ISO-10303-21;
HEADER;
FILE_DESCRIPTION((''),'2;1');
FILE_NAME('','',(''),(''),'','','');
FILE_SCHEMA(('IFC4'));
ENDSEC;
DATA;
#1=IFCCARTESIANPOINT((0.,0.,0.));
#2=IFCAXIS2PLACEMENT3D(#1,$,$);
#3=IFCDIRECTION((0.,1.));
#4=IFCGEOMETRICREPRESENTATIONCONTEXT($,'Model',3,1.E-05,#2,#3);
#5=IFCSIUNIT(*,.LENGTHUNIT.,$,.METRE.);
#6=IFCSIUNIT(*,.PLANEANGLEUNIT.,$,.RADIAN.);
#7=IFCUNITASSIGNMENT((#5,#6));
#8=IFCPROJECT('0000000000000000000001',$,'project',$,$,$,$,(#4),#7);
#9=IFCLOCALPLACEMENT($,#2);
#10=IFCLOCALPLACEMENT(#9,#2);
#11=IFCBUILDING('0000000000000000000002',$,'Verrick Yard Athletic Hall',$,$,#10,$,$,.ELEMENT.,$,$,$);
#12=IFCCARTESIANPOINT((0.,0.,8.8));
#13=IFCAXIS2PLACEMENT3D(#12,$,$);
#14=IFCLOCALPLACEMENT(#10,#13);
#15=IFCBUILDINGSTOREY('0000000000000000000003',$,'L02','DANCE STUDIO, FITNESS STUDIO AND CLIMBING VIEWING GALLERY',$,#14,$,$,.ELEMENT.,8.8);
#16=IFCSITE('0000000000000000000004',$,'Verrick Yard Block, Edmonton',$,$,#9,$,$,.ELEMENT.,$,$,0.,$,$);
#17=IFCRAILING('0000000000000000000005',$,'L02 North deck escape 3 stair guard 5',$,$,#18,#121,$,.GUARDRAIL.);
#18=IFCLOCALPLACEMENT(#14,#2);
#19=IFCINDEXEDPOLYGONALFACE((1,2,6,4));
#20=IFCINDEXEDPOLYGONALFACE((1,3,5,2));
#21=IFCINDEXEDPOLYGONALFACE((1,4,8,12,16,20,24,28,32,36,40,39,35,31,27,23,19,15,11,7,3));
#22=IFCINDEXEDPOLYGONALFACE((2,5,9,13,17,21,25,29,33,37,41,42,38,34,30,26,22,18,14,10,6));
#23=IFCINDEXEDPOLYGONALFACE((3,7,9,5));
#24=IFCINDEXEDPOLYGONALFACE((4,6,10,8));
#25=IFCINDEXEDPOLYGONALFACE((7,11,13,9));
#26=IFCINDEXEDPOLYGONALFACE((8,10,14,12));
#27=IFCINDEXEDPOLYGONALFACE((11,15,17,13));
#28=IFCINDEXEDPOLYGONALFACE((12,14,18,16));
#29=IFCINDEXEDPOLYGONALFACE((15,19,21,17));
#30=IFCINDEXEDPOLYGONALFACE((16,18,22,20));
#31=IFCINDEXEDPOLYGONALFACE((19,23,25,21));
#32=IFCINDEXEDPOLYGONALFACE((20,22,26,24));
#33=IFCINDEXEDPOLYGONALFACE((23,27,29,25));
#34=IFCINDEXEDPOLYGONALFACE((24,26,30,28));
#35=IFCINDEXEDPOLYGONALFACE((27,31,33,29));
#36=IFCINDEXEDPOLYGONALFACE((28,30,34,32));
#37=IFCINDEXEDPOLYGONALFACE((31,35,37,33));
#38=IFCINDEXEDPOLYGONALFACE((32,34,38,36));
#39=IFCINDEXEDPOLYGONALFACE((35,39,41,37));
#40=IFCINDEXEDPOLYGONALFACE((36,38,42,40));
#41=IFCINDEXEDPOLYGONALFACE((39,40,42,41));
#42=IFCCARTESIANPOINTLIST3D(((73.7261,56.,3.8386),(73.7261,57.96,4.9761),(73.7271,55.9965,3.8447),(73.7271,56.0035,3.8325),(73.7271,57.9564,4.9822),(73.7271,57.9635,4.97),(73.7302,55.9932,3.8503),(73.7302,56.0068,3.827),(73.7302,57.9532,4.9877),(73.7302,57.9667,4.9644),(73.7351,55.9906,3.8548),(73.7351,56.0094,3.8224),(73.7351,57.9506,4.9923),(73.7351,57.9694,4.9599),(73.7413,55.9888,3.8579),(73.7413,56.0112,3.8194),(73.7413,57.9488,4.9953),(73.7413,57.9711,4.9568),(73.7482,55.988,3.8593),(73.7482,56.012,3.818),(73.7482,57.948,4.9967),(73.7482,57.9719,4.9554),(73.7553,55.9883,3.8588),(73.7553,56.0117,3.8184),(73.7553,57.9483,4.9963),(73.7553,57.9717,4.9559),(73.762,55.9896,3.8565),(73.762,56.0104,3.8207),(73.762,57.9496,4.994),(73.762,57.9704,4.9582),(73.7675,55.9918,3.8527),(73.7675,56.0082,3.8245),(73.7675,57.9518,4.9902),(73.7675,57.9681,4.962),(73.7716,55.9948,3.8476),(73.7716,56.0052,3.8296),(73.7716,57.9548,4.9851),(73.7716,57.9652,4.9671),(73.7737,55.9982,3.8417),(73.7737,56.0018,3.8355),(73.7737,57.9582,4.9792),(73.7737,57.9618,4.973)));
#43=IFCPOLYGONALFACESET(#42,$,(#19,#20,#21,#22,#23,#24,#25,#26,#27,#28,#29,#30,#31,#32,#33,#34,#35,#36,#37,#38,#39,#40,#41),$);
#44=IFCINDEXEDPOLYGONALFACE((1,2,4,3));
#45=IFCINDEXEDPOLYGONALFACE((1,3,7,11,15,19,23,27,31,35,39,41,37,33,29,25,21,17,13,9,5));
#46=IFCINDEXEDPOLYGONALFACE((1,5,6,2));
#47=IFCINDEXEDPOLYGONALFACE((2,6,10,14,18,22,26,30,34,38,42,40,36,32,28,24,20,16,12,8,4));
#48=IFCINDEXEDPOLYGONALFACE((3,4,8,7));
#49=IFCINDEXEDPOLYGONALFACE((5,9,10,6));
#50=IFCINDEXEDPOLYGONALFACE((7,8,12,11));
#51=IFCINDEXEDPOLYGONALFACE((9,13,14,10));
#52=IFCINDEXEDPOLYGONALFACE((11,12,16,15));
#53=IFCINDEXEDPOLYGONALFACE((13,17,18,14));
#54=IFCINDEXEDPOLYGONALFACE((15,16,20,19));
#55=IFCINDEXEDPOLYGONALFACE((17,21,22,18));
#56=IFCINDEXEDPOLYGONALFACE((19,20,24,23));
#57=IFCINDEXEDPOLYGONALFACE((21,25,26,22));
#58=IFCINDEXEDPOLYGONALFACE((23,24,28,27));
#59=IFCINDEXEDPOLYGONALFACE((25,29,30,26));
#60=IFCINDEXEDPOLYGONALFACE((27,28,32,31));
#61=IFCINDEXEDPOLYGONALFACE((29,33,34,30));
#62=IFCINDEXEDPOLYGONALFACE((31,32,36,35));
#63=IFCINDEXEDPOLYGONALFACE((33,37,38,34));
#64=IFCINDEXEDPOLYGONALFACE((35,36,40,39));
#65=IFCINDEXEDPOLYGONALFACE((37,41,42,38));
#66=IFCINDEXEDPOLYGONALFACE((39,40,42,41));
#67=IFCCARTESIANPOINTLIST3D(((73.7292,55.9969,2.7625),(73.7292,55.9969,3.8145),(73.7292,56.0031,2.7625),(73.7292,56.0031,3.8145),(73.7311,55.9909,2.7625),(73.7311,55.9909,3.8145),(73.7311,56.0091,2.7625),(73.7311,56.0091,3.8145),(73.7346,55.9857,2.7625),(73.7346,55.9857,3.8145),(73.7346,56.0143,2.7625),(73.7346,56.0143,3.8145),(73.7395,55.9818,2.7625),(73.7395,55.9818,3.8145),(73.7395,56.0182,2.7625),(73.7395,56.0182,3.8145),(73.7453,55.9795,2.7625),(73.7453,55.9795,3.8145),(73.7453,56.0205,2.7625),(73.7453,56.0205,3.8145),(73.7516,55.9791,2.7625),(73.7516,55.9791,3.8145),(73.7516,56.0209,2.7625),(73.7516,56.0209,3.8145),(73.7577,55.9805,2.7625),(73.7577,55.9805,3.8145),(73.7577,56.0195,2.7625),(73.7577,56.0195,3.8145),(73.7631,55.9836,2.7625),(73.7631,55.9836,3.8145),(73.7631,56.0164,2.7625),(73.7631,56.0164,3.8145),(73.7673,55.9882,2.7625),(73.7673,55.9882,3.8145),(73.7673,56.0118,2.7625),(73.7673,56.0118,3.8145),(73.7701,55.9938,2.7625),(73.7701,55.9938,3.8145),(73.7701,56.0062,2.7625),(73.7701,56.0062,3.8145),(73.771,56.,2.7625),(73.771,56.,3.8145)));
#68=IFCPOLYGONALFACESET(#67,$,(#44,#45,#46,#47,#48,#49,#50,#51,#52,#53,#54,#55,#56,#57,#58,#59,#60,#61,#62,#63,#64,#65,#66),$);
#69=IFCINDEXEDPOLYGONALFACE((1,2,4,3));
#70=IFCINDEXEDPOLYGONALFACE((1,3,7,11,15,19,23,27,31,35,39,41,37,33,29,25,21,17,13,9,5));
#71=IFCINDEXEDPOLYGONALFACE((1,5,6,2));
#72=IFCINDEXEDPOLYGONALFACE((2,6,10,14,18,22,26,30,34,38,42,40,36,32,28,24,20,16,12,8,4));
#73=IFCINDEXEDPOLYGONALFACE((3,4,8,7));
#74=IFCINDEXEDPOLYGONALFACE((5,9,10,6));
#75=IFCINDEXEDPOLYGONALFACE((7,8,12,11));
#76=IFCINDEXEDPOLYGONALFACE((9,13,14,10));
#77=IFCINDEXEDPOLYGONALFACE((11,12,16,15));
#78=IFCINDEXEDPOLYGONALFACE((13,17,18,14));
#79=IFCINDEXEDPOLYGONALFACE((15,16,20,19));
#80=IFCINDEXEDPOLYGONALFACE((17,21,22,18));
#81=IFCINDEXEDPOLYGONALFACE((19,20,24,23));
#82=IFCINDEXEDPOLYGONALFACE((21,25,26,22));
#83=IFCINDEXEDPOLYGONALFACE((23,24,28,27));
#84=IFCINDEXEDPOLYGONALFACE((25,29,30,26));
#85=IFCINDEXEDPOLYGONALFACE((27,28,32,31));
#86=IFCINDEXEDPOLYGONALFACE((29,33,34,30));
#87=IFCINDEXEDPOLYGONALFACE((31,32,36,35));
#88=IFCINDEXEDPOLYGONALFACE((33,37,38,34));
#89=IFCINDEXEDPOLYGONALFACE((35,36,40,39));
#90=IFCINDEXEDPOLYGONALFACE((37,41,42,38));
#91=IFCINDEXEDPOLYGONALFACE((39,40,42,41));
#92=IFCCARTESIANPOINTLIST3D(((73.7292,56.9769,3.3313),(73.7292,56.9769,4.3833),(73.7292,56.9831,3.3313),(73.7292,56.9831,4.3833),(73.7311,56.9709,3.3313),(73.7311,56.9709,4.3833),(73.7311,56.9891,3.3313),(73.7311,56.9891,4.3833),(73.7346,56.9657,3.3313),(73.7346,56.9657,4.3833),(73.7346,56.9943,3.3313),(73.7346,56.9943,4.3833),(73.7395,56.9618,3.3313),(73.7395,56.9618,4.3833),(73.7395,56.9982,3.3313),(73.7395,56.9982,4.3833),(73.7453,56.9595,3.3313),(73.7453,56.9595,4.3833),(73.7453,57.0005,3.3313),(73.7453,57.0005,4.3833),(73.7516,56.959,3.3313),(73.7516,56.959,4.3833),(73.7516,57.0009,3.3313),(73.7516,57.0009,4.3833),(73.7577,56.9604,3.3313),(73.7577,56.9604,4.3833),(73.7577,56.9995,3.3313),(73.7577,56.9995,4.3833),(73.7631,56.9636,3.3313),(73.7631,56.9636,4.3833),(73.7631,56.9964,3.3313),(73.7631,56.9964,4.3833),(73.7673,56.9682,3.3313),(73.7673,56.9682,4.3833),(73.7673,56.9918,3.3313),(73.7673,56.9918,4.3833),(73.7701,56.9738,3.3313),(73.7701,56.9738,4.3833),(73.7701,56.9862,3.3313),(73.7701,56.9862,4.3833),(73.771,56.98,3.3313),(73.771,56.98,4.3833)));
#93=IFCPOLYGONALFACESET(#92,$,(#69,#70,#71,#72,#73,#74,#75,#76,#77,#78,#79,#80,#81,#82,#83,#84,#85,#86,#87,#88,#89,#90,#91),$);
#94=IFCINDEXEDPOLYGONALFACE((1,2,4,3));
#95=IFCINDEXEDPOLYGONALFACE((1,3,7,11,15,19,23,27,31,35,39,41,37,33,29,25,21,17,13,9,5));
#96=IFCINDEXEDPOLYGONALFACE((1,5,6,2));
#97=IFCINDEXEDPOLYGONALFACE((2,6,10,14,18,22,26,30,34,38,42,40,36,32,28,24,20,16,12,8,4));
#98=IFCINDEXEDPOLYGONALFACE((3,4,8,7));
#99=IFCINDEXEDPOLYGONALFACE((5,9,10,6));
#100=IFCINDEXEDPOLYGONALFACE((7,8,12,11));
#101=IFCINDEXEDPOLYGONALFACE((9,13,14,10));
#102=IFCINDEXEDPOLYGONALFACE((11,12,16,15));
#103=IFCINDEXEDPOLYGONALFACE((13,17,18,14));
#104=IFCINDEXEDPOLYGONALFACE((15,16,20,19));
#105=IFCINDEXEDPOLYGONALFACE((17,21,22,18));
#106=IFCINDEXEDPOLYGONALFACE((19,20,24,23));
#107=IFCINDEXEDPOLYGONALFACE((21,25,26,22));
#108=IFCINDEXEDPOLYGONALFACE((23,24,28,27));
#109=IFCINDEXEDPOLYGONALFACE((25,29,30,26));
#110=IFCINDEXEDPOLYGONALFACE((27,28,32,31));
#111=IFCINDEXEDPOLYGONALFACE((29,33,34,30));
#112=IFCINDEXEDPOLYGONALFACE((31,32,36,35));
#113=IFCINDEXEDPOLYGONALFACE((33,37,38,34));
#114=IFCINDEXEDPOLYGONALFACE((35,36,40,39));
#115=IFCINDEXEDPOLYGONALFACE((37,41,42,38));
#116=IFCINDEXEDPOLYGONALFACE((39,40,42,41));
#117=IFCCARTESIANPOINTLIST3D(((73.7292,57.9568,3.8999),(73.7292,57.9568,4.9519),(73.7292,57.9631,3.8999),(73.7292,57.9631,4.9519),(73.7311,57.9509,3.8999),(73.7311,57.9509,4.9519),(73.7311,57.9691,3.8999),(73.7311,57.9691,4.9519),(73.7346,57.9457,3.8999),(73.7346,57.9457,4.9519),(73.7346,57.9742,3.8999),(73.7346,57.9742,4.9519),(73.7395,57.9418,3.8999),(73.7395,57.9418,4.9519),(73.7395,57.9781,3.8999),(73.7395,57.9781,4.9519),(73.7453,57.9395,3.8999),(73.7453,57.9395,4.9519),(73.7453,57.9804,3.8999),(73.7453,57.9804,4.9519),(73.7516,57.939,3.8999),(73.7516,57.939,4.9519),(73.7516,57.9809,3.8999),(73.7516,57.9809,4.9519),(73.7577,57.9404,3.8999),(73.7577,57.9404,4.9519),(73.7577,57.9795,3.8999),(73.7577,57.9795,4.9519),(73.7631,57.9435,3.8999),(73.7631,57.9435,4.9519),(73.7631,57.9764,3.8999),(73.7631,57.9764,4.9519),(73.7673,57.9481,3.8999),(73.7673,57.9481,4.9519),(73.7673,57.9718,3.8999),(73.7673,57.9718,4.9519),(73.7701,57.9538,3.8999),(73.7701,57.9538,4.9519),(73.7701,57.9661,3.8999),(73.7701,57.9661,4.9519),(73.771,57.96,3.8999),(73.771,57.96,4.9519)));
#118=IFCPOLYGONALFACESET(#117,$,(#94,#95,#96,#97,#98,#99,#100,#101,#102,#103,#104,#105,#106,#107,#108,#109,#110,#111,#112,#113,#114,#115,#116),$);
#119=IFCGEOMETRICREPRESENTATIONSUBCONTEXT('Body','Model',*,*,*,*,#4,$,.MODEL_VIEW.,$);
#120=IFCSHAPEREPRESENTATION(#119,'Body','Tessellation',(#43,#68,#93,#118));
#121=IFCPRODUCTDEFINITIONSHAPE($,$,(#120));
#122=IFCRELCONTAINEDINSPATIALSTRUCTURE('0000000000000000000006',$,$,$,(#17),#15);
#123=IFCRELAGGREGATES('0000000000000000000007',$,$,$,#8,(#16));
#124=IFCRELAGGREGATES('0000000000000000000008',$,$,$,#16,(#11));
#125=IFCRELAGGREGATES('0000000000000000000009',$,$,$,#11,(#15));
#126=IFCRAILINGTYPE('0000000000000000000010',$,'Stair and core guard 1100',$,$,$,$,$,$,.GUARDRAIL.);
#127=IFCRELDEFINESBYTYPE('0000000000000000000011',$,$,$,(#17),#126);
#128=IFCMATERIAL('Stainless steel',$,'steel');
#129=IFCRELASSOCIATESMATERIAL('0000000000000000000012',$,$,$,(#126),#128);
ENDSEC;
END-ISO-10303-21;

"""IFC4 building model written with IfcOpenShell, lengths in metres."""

from ifc_helpers import new_model, si_unit, direction, frame, origin, origin_2d, place, context, subcontext, project, spatial, circle, extrude, material, type_object, element, save


model = new_model("IFC4")

# Units and contexts
model_context = context("Model", 3, precision=1e-05, world=origin(), true_north=direction((0.0, 1.0)))
body_context = subcontext(model_context, "Body", "Model", "MODEL_VIEW")
ifc_project = project(units=[si_unit("LENGTHUNIT", "METRE"), si_unit("PLANEANGLEUNIT", "RADIAN")], contexts=[model_context])

# Site, building, storey
site_placement = place(None, origin())
site = spatial("IfcSite", under=ifc_project, at=site_placement, Name="Verrick Yard Block, Edmonton", CompositionType="ELEMENT", RefElevation=0.0)
building_placement = place(site_placement, origin())
building = spatial("IfcBuilding", under=site, at=building_placement, Name="Verrick Yard Athletic Hall", CompositionType="ELEMENT")
storey_placement = place(building_placement, frame((0.0, 0.0, 8.8)))
storey = spatial("IfcBuildingStorey", under=building, at=storey_placement, Name="L02", Description="DANCE STUDIO, FITNESS STUDIO AND CLIMBING VIEWING GALLERY", CompositionType="ELEMENT", Elevation=8.8)

# Railing
ifc_material_1 = material(Name="Stainless steel", Category="steel")
railing_type_1 = type_object("IfcRailingType", Name="Stair and core guard 1100", PredefinedType="GUARDRAIL", material=ifc_material_1)
railing_1_placement = place(storey_placement, frame((73.75, 56.0, 2.7625)))
element("IfcRailing", 1, at=railing_1_placement, inside=storey, type_object=railing_type_1, Name="L02 North deck escape 3 stair guard 5", PredefinedType="GUARDRAIL", context=body_context, shape_type="SweptSolid", body=[
    extrude(circle(Radius=0.0239, at=origin_2d()), frame((0.0, 0.0, 1.0762), z_axis=(0.0, 0.864902, 0.501941), x_axis=(-1.0, 0.0, 0.0)), (0.0, 0.0, 1.0), 2.2661),
    extrude(circle(Radius=0.021, at=origin_2d()), origin(), (0.0, 0.0, 1.0), 1.052),
    extrude(circle(Radius=0.021, at=origin_2d()), frame((0.0, 0.98, 0.5688)), (0.0, 0.0, 1.0), 1.052),
    extrude(circle(Radius=0.021, at=origin_2d()), frame((0.0, 1.96, 1.1375)), (0.0, 0.0, 1.0), 1.052),
])

save(model, "model.ifc")
